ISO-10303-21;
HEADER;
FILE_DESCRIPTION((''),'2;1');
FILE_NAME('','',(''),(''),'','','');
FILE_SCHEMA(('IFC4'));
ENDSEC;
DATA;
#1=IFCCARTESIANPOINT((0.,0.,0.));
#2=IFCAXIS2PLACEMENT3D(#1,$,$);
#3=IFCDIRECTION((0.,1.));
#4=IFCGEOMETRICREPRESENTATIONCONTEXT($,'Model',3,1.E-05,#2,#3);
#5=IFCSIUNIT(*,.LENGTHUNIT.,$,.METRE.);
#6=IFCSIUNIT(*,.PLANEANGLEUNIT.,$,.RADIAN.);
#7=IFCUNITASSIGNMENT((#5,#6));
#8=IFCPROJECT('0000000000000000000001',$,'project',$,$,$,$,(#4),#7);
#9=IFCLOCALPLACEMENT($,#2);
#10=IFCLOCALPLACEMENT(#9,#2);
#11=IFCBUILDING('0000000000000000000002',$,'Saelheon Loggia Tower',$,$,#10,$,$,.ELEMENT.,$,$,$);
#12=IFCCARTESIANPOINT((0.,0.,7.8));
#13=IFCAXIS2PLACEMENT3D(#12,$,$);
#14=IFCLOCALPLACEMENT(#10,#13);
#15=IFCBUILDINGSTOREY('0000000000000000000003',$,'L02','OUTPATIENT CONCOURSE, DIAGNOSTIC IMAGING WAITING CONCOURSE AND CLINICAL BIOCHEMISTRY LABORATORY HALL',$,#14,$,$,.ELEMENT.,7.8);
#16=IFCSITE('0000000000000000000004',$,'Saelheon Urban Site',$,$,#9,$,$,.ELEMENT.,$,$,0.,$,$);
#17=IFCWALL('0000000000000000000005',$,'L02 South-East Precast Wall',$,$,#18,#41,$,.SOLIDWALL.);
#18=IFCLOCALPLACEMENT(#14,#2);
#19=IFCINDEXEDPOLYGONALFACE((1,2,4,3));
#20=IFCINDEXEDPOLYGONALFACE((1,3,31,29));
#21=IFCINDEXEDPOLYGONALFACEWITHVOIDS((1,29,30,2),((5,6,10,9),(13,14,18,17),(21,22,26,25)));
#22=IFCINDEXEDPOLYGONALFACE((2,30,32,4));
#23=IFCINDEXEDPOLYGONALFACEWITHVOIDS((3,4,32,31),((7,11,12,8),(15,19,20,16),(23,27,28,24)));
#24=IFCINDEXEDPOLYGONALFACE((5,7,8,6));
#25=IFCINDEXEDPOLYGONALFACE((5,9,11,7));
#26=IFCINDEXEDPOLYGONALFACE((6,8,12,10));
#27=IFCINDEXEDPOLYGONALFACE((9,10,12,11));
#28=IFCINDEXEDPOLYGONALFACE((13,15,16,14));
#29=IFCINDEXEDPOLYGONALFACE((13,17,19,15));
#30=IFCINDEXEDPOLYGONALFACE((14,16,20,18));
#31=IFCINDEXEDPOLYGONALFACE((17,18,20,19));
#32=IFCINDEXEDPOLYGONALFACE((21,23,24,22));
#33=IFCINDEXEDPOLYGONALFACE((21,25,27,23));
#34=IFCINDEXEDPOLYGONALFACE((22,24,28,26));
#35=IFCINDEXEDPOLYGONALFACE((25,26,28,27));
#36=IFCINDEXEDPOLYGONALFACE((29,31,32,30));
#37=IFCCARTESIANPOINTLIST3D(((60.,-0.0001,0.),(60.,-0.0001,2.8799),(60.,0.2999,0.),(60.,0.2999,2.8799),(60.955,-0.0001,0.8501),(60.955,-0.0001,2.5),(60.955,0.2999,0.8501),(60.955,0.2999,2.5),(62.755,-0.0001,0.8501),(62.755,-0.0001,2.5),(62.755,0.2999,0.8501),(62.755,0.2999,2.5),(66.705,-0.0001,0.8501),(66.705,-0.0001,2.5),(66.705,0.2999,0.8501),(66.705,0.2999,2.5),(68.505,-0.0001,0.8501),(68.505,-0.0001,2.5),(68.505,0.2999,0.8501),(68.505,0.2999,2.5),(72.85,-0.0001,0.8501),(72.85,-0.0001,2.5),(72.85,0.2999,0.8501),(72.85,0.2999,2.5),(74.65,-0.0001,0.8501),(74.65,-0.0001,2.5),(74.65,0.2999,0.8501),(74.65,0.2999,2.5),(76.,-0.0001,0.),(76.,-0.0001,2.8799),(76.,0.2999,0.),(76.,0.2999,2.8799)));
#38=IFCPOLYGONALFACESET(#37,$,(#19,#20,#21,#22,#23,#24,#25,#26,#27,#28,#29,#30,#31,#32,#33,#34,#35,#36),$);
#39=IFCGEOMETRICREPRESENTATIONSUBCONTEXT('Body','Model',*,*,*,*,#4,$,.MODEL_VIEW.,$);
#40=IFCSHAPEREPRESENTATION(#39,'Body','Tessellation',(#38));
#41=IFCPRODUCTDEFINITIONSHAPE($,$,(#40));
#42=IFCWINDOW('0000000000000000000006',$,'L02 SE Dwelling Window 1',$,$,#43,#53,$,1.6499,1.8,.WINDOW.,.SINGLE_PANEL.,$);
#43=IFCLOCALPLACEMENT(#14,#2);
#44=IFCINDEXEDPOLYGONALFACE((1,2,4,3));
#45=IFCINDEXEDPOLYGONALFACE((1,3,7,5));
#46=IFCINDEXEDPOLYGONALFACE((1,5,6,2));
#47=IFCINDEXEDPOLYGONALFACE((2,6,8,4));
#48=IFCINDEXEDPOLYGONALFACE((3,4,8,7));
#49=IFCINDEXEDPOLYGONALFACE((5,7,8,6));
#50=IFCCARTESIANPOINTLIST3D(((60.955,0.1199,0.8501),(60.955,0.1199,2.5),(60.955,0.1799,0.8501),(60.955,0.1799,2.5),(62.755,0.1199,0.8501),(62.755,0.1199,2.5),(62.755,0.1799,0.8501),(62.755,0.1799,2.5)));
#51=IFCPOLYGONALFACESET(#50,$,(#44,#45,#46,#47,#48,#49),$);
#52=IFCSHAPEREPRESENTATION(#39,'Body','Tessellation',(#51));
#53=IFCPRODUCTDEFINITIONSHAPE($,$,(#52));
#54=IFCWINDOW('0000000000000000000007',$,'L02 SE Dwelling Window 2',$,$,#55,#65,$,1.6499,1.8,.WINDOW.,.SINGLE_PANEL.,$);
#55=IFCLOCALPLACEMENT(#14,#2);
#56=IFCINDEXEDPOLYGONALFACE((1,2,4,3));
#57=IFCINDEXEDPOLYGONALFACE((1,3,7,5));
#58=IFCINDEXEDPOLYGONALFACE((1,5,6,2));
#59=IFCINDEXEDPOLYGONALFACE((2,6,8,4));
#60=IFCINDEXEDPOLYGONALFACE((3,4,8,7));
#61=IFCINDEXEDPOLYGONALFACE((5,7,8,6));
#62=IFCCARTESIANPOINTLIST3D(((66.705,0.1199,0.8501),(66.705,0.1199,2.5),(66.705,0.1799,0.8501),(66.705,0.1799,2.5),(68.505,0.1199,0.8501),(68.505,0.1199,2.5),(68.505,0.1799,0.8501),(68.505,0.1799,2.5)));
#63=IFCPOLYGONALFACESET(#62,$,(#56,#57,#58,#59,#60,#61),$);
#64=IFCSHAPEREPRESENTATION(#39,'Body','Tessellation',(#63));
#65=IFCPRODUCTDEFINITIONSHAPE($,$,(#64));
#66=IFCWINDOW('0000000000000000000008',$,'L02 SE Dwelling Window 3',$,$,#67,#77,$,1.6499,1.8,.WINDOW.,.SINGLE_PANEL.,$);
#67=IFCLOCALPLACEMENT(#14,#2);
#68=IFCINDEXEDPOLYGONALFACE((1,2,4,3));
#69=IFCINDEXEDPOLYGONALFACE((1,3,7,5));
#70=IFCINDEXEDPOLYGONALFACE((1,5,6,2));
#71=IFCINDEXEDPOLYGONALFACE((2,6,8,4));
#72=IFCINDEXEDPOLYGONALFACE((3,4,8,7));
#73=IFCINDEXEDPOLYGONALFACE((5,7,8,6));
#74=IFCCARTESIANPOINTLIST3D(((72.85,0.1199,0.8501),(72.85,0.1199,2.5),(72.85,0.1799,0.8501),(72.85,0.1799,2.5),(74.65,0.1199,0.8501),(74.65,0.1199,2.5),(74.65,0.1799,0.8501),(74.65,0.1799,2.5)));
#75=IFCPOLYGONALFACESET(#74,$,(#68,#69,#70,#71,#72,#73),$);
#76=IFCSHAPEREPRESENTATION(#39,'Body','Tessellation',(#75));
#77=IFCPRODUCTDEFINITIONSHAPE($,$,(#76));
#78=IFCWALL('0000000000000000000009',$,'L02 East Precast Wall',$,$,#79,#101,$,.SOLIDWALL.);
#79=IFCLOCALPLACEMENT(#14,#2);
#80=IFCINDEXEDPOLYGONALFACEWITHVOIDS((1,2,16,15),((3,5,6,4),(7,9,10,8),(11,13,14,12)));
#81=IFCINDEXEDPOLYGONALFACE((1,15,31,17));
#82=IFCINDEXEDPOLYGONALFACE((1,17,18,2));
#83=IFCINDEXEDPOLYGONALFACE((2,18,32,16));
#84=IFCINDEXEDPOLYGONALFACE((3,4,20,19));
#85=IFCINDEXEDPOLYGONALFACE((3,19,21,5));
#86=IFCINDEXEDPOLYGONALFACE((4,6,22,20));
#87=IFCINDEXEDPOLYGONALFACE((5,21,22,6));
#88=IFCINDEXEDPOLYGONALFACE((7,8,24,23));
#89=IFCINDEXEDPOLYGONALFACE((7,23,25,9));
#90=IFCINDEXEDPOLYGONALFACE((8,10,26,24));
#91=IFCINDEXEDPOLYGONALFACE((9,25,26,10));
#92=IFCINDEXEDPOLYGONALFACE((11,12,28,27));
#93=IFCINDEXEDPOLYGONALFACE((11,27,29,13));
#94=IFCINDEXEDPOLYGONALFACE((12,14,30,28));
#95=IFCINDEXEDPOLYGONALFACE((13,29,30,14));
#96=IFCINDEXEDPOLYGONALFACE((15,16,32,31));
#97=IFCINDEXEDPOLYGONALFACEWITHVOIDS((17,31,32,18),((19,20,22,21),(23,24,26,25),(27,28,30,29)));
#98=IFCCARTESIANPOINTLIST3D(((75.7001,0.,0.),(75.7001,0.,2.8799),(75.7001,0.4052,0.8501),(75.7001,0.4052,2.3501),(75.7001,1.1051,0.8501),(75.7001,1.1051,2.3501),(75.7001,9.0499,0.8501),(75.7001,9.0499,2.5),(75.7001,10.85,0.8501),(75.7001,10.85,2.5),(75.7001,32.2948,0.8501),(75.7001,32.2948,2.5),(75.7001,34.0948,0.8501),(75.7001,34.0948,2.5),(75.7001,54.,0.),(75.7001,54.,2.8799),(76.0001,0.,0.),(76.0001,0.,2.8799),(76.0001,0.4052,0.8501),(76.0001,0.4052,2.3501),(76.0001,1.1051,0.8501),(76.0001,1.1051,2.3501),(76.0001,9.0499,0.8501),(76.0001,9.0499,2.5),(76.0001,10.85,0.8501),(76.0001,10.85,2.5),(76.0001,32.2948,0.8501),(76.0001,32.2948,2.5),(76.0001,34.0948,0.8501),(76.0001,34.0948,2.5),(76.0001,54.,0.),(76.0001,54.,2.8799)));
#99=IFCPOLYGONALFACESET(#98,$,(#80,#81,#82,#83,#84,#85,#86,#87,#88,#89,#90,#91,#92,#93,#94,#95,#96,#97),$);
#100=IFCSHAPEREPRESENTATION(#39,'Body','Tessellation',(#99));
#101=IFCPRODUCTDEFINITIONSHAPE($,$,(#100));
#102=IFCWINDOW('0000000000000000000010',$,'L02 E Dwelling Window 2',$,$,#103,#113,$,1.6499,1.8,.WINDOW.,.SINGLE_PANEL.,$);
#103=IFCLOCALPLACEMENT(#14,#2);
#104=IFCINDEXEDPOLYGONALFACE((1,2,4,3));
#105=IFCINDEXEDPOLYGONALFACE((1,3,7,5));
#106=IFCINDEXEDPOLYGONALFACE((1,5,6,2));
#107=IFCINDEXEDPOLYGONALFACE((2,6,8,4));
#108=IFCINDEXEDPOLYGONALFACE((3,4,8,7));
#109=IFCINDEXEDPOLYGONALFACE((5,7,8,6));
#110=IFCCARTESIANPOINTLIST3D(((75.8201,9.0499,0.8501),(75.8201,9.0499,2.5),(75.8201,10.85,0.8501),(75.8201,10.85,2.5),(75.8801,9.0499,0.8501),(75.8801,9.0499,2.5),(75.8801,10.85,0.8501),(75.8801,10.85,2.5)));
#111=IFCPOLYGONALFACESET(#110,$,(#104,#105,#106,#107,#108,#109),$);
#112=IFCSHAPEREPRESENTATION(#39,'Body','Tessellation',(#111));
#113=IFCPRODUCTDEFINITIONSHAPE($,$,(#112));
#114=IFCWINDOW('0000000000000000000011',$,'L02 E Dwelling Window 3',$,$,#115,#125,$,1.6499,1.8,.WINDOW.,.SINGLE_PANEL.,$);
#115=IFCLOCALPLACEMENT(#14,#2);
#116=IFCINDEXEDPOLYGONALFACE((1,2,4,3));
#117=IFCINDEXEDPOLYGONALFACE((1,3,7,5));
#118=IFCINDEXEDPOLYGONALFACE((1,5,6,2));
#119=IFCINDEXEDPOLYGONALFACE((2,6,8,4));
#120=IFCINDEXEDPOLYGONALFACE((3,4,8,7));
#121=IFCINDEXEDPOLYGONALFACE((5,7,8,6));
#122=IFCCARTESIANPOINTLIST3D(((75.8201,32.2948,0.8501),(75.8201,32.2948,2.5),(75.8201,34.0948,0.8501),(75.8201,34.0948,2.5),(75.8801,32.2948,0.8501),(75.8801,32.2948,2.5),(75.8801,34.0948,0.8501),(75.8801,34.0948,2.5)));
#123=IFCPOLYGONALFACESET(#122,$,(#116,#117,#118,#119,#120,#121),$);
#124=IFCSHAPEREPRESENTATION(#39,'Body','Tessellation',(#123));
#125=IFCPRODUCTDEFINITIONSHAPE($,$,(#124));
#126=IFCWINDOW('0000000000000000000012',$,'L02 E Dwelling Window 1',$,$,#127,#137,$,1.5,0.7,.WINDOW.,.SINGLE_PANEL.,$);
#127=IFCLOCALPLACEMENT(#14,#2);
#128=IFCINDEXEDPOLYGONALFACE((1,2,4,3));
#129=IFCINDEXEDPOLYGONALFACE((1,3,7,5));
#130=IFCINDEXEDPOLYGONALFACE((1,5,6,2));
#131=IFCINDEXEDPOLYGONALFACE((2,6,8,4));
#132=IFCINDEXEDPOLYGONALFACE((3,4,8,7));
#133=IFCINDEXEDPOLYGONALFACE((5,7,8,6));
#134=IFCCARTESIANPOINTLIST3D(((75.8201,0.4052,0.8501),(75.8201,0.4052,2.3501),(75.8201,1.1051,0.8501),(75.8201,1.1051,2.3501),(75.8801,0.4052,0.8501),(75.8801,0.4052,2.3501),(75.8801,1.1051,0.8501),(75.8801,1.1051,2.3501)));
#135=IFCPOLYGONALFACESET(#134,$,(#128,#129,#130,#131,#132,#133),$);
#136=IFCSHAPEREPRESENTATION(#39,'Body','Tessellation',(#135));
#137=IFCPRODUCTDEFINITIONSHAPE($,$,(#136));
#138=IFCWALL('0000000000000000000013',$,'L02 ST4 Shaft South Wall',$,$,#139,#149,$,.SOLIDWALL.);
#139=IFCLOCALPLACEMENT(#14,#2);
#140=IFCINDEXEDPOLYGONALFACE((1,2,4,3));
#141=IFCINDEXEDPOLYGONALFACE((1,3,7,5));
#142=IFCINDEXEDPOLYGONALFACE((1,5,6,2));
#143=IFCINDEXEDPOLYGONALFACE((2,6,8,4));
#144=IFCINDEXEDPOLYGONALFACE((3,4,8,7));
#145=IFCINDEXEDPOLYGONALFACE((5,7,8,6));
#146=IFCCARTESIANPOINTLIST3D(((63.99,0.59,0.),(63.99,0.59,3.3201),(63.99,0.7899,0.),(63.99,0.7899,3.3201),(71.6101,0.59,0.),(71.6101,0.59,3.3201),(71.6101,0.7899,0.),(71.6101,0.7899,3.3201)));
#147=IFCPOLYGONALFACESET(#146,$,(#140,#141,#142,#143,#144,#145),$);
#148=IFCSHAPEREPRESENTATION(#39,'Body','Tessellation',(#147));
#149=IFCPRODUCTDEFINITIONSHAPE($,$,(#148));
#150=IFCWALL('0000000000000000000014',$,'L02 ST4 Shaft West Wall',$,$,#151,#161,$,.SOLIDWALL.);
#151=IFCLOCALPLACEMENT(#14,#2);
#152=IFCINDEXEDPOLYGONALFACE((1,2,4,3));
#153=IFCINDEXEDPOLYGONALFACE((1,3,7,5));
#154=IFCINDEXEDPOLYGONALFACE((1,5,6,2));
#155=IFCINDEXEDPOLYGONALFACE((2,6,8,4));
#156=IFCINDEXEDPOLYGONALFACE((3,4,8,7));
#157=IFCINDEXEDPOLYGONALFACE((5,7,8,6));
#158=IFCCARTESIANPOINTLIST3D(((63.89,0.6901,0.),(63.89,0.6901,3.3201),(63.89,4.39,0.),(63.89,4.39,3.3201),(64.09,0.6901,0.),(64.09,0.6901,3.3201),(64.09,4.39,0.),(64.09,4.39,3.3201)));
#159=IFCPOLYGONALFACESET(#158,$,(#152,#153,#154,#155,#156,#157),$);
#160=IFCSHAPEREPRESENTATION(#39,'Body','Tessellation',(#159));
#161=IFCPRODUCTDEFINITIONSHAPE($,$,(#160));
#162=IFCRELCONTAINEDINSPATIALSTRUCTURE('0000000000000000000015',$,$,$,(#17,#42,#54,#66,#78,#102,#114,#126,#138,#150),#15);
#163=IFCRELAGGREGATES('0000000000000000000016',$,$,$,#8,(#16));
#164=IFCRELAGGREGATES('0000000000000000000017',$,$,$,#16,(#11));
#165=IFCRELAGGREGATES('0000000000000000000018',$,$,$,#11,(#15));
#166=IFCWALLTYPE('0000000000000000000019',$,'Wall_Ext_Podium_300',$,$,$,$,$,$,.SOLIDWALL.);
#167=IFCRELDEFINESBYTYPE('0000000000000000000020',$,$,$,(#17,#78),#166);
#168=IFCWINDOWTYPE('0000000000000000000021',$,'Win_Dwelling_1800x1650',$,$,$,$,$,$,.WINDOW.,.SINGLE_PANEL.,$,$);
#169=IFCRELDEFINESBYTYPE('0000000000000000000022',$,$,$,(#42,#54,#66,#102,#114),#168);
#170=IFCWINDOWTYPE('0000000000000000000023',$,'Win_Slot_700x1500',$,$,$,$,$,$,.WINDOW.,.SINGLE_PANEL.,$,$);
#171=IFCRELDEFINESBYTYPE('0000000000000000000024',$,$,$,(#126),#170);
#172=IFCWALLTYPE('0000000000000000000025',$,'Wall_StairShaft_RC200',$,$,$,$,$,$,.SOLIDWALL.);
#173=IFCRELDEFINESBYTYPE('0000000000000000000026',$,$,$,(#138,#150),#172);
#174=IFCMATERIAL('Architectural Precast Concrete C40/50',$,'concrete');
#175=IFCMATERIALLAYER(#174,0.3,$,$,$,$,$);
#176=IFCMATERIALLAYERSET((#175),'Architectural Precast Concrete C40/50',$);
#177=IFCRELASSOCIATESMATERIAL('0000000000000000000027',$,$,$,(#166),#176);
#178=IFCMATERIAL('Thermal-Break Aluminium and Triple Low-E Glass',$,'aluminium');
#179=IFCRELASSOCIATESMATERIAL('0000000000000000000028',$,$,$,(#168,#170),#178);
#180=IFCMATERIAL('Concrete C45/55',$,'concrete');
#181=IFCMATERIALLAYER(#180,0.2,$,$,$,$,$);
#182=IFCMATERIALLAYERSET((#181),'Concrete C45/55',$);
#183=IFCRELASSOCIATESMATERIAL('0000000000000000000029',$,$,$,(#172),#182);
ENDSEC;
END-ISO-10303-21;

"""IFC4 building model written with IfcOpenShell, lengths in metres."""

from ifc_helpers import new_model, si_unit, direction, frame, frame_2d, origin, place, context, subcontext, project, spatial, rectangle, extrude, source, transform, mapped, material, layer, layer_set, type_object, element, fill, save


model = new_model("IFC4")

# Units and contexts
model_context = context("Model", 3, precision=1e-05, world=origin(), true_north=direction((0.0, 1.0)))
body_context = subcontext(model_context, "Body", "Model", "MODEL_VIEW")
ifc_project = project(units=[si_unit("LENGTHUNIT", "METRE"), si_unit("PLANEANGLEUNIT", "RADIAN")], contexts=[model_context])

# Site, building, storey
site_placement = place(None, origin())
site = spatial("IfcSite", under=ifc_project, at=site_placement, Name="Saelheon Urban Site", CompositionType="ELEMENT", RefElevation=0.0)
building_placement = place(site_placement, origin())
building = spatial("IfcBuilding", under=site, at=building_placement, Name="Saelheon Loggia Tower", CompositionType="ELEMENT")
storey_placement = place(building_placement, frame((0.0, 0.0, 7.8)))
storey = spatial("IfcBuildingStorey", under=building, at=storey_placement, Name="L02", Description="OUTPATIENT CONCOURSE, DIAGNOSTIC IMAGING WAITING CONCOURSE AND CLINICAL BIOCHEMISTRY LABORATORY HALL", CompositionType="ELEMENT", Elevation=7.8)

# Shared definitions
ifc_material_1 = material(Name="Concrete C45/55", Category="concrete")

# Walls, openings, windows
ifc_material_2 = material(Name="Architectural Precast Concrete C40/50", Category="concrete")
ifc_layer_1 = layer(ifc_material_2, 0.3)
ifc_layer_set_1 = layer_set([ifc_layer_1], Name="Architectural Precast Concrete C40/50")
wall_type_1 = type_object("IfcWallType", Name="Wall_Ext_Podium_300", PredefinedType="SOLIDWALL", material=ifc_layer_set_1)
wall_1_placement = place(storey_placement, frame((60.0, 0.1499, 0.0), z_axis=(0.0, 0.0, 1.0), x_axis=(1.0, 0.0, 0.0)))
wall_1 = element("IfcWall", 1, at=wall_1_placement, inside=storey, type_object=wall_type_1, Name="L02 South-East Precast Wall", PredefinedType="SOLIDWALL", context=body_context, shape_type="SweptSolid", body=[
    extrude(rectangle(XDim=16.0, YDim=0.3, at=frame_2d((8.0, 0.0))), origin(), (0.0, 0.0, 1.0), 2.8799),
])
opening_1_placement = place(wall_1_placement, frame((0.9551, 0.0, 0.8501)))
opening_1 = element("IfcOpeningElement", 2, at=opening_1_placement, cuts=wall_1, PredefinedType="OPENING", context=body_context, shape_type="SweptSolid", body=[
    extrude(rectangle(XDim=1.8, YDim=1.6499, at=frame_2d((0.8999, 0.825))), frame((0.0, 0.1621, 0.0), z_axis=(0.0, -1.0, 0.0), x_axis=(1.0, 0.0, 0.0)), (0.0, 0.0, 1.0), 0.324),
])
opening_2_placement = place(wall_1_placement, frame((6.7051, 0.0, 0.8501)))
opening_2 = element("IfcOpeningElement", 3, at=opening_2_placement, cuts=wall_1, PredefinedType="OPENING", context=body_context, shape_type="SweptSolid", body=[
    extrude(rectangle(XDim=1.8, YDim=1.6499, at=frame_2d((0.8999, 0.825))), frame((0.0, 0.1621, 0.0), z_axis=(0.0, -1.0, 0.0), x_axis=(1.0, 0.0, 0.0)), (0.0, 0.0, 1.0), 0.324),
])
opening_3_placement = place(wall_1_placement, frame((12.8501, 0.0, 0.8501)))
opening_3 = element("IfcOpeningElement", 4, at=opening_3_placement, cuts=wall_1, PredefinedType="OPENING", context=body_context, shape_type="SweptSolid", body=[
    extrude(rectangle(XDim=1.8, YDim=1.6499, at=frame_2d((0.8999, 0.825))), frame((0.0, 0.1621, 0.0), z_axis=(0.0, -1.0, 0.0), x_axis=(1.0, 0.0, 0.0)), (0.0, 0.0, 1.0), 0.324),
])
ifc_material_3 = material(Name="Thermal-Break Aluminium and Triple Low-E Glass", Category="aluminium")
window_type_1 = type_object("IfcWindowType", Name="Win_Dwelling_1800x1650", PartitioningType="SINGLE_PANEL", PredefinedType="WINDOW", material=ifc_material_3)
shared_shape_1 = source(origin(), body_context, "Body", "SweptSolid", [
    extrude(rectangle(XDim=1.8, YDim=1.6499, at=frame_2d((0.8999, 0.825))), frame((0.0, 0.03, 0.0), z_axis=(0.0, -1.0, 0.0), x_axis=(1.0, 0.0, 0.0)), (0.0, 0.0, 1.0), 0.0601),
])
window_1_placement = place(opening_1_placement, origin())
window_1 = element("IfcWindow", 5, at=window_1_placement, inside=storey, type_object=window_type_1, Name="L02 SE Dwelling Window 1", OverallHeight=1.6499, OverallWidth=1.8, PartitioningType="SINGLE_PANEL", PredefinedType="WINDOW", context=body_context, shape_type="MappedRepresentation", body=[
    mapped(shared_shape_1, transform((0.0, 0.0, 0.0), scale=1.0)),
])
fill(opening_1, window_1)
window_2_placement = place(opening_2_placement, origin())
window_2 = element("IfcWindow", 6, at=window_2_placement, inside=storey, type_object=window_type_1, Name="L02 SE Dwelling Window 2", OverallHeight=1.6499, OverallWidth=1.8, PartitioningType="SINGLE_PANEL", PredefinedType="WINDOW", context=body_context, shape_type="MappedRepresentation", body=[
    mapped(shared_shape_1, transform((0.0, 0.0, 0.0), scale=1.0)),
])
fill(opening_2, window_2)
window_3_placement = place(opening_3_placement, origin())
window_3 = element("IfcWindow", 7, at=window_3_placement, inside=storey, type_object=window_type_1, Name="L02 SE Dwelling Window 3", OverallHeight=1.6499, OverallWidth=1.8, PartitioningType="SINGLE_PANEL", PredefinedType="WINDOW", context=body_context, shape_type="MappedRepresentation", body=[
    mapped(shared_shape_1, transform((0.0, 0.0, 0.0), scale=1.0)),
])
fill(opening_3, window_3)
wall_2_placement = place(storey_placement, frame((75.8501, 0.0, 0.0), z_axis=(0.0, 0.0, 1.0), x_axis=(0.0, 1.0, 0.0)))
wall_2 = element("IfcWall", 8, at=wall_2_placement, inside=storey, type_object=wall_type_1, Name="L02 East Precast Wall", PredefinedType="SOLIDWALL", context=body_context, shape_type="SweptSolid", body=[
    extrude(rectangle(XDim=54.0, YDim=0.3, at=frame_2d((27.0, 0.0))), origin(), (0.0, 0.0, 1.0), 2.8799),
])
opening_4_placement = place(wall_2_placement, frame((0.405, 0.0, 0.8501)))
opening_4 = element("IfcOpeningElement", 9, at=opening_4_placement, cuts=wall_2, PredefinedType="OPENING", context=body_context, shape_type="SweptSolid", body=[
    extrude(rectangle(XDim=0.7, YDim=1.5, at=frame_2d((0.3501, 0.75))), frame((0.0, 0.1621, 0.0), z_axis=(0.0, -1.0, 0.0), x_axis=(1.0, 0.0, 0.0)), (0.0, 0.0, 1.0), 0.324),
])
opening_5_placement = place(wall_2_placement, frame((9.05, 0.0, 0.8501)))
opening_5 = element("IfcOpeningElement", 10, at=opening_5_placement, cuts=wall_2, PredefinedType="OPENING", context=body_context, shape_type="SweptSolid", body=[
    extrude(rectangle(XDim=1.8, YDim=1.6499, at=frame_2d((0.8999, 0.825))), frame((0.0, 0.1621, 0.0), z_axis=(0.0, -1.0, 0.0), x_axis=(1.0, 0.0, 0.0)), (0.0, 0.0, 1.0), 0.324),
])
opening_6_placement = place(wall_2_placement, frame((32.2949, 0.0, 0.8501)))
opening_6 = element("IfcOpeningElement", 11, at=opening_6_placement, cuts=wall_2, PredefinedType="OPENING", context=body_context, shape_type="SweptSolid", body=[
    extrude(rectangle(XDim=1.8, YDim=1.6499, at=frame_2d((0.8999, 0.825))), frame((0.0, 0.1621, 0.0), z_axis=(0.0, -1.0, 0.0), x_axis=(1.0, 0.0, 0.0)), (0.0, 0.0, 1.0), 0.324),
])
window_4_placement = place(opening_5_placement, origin())
window_4 = element("IfcWindow", 12, at=window_4_placement, inside=storey, type_object=window_type_1, Name="L02 E Dwelling Window 2", OverallHeight=1.6499, OverallWidth=1.8, PartitioningType="SINGLE_PANEL", PredefinedType="WINDOW", context=body_context, shape_type="MappedRepresentation", body=[
    mapped(shared_shape_1, transform((0.0, 0.0, 0.0), scale=1.0)),
])
fill(opening_5, window_4)
window_5_placement = place(opening_6_placement, origin())
window_5 = element("IfcWindow", 13, at=window_5_placement, inside=storey, type_object=window_type_1, Name="L02 E Dwelling Window 3", OverallHeight=1.6499, OverallWidth=1.8, PartitioningType="SINGLE_PANEL", PredefinedType="WINDOW", context=body_context, shape_type="MappedRepresentation", body=[
    mapped(shared_shape_1, transform((0.0, 0.0, 0.0), scale=1.0)),
])
fill(opening_6, window_5)
window_type_2 = type_object("IfcWindowType", Name="Win_Slot_700x1500", PartitioningType="SINGLE_PANEL", PredefinedType="WINDOW", material=ifc_material_3)
shared_shape_2 = source(origin(), body_context, "Body", "SweptSolid", [
    extrude(rectangle(XDim=0.7, YDim=1.5, at=frame_2d((0.3501, 0.75))), frame((0.0, 0.03, 0.0), z_axis=(0.0, -1.0, 0.0), x_axis=(1.0, 0.0, 0.0)), (0.0, 0.0, 1.0), 0.0601),
])
window_6_placement = place(opening_4_placement, origin())
window_6 = element("IfcWindow", 14, at=window_6_placement, inside=storey, type_object=window_type_2, Name="L02 E Dwelling Window 1", OverallHeight=1.5, OverallWidth=0.7, PartitioningType="SINGLE_PANEL", PredefinedType="WINDOW", context=body_context, shape_type="MappedRepresentation", body=[
    mapped(shared_shape_2, transform((0.0, 0.0, 0.0), scale=1.0)),
])
fill(opening_4, window_6)

# Walls
ifc_layer_2 = layer(ifc_material_1, 0.2)
ifc_layer_set_2 = layer_set([ifc_layer_2], Name="Concrete C45/55")
wall_type_2 = type_object("IfcWallType", Name="Wall_StairShaft_RC200", PredefinedType="SOLIDWALL", material=ifc_layer_set_2)
wall_3_placement = place(storey_placement, frame((63.99, 0.6899, 0.0), z_axis=(0.0, 0.0, 1.0), x_axis=(1.0, 0.0, 0.0)))
element("IfcWall", 15, at=wall_3_placement, inside=storey, type_object=wall_type_2, Name="L02 ST4 Shaft South Wall", PredefinedType="SOLIDWALL", context=body_context, shape_type="SweptSolid", body=[
    extrude(rectangle(XDim=7.6201, YDim=0.2, at=frame_2d((3.8101, 0.0))), origin(), (0.0, 0.0, 1.0), 3.3201),
])
for number, where, z_axis, x_axis, name in (
    (16, (63.99, 0.6899, 0.0), (0.0, 0.0, 1.0), (0.0, 1.0, 0.0), "L02 ST4 Shaft West Wall"),
):
    element("IfcWall", number, at=place(storey_placement, frame(where, z_axis=z_axis, x_axis=x_axis)), inside=storey, type_object=wall_type_2, Name=name, PredefinedType="SOLIDWALL", context=body_context, shape_type="SweptSolid", body=[
        extrude(rectangle(XDim=3.7, YDim=0.2, at=frame_2d((1.8501, 0.0))), origin(), (0.0, 0.0, 1.0), 3.3201),
    ])

save(model, "model.ifc")
